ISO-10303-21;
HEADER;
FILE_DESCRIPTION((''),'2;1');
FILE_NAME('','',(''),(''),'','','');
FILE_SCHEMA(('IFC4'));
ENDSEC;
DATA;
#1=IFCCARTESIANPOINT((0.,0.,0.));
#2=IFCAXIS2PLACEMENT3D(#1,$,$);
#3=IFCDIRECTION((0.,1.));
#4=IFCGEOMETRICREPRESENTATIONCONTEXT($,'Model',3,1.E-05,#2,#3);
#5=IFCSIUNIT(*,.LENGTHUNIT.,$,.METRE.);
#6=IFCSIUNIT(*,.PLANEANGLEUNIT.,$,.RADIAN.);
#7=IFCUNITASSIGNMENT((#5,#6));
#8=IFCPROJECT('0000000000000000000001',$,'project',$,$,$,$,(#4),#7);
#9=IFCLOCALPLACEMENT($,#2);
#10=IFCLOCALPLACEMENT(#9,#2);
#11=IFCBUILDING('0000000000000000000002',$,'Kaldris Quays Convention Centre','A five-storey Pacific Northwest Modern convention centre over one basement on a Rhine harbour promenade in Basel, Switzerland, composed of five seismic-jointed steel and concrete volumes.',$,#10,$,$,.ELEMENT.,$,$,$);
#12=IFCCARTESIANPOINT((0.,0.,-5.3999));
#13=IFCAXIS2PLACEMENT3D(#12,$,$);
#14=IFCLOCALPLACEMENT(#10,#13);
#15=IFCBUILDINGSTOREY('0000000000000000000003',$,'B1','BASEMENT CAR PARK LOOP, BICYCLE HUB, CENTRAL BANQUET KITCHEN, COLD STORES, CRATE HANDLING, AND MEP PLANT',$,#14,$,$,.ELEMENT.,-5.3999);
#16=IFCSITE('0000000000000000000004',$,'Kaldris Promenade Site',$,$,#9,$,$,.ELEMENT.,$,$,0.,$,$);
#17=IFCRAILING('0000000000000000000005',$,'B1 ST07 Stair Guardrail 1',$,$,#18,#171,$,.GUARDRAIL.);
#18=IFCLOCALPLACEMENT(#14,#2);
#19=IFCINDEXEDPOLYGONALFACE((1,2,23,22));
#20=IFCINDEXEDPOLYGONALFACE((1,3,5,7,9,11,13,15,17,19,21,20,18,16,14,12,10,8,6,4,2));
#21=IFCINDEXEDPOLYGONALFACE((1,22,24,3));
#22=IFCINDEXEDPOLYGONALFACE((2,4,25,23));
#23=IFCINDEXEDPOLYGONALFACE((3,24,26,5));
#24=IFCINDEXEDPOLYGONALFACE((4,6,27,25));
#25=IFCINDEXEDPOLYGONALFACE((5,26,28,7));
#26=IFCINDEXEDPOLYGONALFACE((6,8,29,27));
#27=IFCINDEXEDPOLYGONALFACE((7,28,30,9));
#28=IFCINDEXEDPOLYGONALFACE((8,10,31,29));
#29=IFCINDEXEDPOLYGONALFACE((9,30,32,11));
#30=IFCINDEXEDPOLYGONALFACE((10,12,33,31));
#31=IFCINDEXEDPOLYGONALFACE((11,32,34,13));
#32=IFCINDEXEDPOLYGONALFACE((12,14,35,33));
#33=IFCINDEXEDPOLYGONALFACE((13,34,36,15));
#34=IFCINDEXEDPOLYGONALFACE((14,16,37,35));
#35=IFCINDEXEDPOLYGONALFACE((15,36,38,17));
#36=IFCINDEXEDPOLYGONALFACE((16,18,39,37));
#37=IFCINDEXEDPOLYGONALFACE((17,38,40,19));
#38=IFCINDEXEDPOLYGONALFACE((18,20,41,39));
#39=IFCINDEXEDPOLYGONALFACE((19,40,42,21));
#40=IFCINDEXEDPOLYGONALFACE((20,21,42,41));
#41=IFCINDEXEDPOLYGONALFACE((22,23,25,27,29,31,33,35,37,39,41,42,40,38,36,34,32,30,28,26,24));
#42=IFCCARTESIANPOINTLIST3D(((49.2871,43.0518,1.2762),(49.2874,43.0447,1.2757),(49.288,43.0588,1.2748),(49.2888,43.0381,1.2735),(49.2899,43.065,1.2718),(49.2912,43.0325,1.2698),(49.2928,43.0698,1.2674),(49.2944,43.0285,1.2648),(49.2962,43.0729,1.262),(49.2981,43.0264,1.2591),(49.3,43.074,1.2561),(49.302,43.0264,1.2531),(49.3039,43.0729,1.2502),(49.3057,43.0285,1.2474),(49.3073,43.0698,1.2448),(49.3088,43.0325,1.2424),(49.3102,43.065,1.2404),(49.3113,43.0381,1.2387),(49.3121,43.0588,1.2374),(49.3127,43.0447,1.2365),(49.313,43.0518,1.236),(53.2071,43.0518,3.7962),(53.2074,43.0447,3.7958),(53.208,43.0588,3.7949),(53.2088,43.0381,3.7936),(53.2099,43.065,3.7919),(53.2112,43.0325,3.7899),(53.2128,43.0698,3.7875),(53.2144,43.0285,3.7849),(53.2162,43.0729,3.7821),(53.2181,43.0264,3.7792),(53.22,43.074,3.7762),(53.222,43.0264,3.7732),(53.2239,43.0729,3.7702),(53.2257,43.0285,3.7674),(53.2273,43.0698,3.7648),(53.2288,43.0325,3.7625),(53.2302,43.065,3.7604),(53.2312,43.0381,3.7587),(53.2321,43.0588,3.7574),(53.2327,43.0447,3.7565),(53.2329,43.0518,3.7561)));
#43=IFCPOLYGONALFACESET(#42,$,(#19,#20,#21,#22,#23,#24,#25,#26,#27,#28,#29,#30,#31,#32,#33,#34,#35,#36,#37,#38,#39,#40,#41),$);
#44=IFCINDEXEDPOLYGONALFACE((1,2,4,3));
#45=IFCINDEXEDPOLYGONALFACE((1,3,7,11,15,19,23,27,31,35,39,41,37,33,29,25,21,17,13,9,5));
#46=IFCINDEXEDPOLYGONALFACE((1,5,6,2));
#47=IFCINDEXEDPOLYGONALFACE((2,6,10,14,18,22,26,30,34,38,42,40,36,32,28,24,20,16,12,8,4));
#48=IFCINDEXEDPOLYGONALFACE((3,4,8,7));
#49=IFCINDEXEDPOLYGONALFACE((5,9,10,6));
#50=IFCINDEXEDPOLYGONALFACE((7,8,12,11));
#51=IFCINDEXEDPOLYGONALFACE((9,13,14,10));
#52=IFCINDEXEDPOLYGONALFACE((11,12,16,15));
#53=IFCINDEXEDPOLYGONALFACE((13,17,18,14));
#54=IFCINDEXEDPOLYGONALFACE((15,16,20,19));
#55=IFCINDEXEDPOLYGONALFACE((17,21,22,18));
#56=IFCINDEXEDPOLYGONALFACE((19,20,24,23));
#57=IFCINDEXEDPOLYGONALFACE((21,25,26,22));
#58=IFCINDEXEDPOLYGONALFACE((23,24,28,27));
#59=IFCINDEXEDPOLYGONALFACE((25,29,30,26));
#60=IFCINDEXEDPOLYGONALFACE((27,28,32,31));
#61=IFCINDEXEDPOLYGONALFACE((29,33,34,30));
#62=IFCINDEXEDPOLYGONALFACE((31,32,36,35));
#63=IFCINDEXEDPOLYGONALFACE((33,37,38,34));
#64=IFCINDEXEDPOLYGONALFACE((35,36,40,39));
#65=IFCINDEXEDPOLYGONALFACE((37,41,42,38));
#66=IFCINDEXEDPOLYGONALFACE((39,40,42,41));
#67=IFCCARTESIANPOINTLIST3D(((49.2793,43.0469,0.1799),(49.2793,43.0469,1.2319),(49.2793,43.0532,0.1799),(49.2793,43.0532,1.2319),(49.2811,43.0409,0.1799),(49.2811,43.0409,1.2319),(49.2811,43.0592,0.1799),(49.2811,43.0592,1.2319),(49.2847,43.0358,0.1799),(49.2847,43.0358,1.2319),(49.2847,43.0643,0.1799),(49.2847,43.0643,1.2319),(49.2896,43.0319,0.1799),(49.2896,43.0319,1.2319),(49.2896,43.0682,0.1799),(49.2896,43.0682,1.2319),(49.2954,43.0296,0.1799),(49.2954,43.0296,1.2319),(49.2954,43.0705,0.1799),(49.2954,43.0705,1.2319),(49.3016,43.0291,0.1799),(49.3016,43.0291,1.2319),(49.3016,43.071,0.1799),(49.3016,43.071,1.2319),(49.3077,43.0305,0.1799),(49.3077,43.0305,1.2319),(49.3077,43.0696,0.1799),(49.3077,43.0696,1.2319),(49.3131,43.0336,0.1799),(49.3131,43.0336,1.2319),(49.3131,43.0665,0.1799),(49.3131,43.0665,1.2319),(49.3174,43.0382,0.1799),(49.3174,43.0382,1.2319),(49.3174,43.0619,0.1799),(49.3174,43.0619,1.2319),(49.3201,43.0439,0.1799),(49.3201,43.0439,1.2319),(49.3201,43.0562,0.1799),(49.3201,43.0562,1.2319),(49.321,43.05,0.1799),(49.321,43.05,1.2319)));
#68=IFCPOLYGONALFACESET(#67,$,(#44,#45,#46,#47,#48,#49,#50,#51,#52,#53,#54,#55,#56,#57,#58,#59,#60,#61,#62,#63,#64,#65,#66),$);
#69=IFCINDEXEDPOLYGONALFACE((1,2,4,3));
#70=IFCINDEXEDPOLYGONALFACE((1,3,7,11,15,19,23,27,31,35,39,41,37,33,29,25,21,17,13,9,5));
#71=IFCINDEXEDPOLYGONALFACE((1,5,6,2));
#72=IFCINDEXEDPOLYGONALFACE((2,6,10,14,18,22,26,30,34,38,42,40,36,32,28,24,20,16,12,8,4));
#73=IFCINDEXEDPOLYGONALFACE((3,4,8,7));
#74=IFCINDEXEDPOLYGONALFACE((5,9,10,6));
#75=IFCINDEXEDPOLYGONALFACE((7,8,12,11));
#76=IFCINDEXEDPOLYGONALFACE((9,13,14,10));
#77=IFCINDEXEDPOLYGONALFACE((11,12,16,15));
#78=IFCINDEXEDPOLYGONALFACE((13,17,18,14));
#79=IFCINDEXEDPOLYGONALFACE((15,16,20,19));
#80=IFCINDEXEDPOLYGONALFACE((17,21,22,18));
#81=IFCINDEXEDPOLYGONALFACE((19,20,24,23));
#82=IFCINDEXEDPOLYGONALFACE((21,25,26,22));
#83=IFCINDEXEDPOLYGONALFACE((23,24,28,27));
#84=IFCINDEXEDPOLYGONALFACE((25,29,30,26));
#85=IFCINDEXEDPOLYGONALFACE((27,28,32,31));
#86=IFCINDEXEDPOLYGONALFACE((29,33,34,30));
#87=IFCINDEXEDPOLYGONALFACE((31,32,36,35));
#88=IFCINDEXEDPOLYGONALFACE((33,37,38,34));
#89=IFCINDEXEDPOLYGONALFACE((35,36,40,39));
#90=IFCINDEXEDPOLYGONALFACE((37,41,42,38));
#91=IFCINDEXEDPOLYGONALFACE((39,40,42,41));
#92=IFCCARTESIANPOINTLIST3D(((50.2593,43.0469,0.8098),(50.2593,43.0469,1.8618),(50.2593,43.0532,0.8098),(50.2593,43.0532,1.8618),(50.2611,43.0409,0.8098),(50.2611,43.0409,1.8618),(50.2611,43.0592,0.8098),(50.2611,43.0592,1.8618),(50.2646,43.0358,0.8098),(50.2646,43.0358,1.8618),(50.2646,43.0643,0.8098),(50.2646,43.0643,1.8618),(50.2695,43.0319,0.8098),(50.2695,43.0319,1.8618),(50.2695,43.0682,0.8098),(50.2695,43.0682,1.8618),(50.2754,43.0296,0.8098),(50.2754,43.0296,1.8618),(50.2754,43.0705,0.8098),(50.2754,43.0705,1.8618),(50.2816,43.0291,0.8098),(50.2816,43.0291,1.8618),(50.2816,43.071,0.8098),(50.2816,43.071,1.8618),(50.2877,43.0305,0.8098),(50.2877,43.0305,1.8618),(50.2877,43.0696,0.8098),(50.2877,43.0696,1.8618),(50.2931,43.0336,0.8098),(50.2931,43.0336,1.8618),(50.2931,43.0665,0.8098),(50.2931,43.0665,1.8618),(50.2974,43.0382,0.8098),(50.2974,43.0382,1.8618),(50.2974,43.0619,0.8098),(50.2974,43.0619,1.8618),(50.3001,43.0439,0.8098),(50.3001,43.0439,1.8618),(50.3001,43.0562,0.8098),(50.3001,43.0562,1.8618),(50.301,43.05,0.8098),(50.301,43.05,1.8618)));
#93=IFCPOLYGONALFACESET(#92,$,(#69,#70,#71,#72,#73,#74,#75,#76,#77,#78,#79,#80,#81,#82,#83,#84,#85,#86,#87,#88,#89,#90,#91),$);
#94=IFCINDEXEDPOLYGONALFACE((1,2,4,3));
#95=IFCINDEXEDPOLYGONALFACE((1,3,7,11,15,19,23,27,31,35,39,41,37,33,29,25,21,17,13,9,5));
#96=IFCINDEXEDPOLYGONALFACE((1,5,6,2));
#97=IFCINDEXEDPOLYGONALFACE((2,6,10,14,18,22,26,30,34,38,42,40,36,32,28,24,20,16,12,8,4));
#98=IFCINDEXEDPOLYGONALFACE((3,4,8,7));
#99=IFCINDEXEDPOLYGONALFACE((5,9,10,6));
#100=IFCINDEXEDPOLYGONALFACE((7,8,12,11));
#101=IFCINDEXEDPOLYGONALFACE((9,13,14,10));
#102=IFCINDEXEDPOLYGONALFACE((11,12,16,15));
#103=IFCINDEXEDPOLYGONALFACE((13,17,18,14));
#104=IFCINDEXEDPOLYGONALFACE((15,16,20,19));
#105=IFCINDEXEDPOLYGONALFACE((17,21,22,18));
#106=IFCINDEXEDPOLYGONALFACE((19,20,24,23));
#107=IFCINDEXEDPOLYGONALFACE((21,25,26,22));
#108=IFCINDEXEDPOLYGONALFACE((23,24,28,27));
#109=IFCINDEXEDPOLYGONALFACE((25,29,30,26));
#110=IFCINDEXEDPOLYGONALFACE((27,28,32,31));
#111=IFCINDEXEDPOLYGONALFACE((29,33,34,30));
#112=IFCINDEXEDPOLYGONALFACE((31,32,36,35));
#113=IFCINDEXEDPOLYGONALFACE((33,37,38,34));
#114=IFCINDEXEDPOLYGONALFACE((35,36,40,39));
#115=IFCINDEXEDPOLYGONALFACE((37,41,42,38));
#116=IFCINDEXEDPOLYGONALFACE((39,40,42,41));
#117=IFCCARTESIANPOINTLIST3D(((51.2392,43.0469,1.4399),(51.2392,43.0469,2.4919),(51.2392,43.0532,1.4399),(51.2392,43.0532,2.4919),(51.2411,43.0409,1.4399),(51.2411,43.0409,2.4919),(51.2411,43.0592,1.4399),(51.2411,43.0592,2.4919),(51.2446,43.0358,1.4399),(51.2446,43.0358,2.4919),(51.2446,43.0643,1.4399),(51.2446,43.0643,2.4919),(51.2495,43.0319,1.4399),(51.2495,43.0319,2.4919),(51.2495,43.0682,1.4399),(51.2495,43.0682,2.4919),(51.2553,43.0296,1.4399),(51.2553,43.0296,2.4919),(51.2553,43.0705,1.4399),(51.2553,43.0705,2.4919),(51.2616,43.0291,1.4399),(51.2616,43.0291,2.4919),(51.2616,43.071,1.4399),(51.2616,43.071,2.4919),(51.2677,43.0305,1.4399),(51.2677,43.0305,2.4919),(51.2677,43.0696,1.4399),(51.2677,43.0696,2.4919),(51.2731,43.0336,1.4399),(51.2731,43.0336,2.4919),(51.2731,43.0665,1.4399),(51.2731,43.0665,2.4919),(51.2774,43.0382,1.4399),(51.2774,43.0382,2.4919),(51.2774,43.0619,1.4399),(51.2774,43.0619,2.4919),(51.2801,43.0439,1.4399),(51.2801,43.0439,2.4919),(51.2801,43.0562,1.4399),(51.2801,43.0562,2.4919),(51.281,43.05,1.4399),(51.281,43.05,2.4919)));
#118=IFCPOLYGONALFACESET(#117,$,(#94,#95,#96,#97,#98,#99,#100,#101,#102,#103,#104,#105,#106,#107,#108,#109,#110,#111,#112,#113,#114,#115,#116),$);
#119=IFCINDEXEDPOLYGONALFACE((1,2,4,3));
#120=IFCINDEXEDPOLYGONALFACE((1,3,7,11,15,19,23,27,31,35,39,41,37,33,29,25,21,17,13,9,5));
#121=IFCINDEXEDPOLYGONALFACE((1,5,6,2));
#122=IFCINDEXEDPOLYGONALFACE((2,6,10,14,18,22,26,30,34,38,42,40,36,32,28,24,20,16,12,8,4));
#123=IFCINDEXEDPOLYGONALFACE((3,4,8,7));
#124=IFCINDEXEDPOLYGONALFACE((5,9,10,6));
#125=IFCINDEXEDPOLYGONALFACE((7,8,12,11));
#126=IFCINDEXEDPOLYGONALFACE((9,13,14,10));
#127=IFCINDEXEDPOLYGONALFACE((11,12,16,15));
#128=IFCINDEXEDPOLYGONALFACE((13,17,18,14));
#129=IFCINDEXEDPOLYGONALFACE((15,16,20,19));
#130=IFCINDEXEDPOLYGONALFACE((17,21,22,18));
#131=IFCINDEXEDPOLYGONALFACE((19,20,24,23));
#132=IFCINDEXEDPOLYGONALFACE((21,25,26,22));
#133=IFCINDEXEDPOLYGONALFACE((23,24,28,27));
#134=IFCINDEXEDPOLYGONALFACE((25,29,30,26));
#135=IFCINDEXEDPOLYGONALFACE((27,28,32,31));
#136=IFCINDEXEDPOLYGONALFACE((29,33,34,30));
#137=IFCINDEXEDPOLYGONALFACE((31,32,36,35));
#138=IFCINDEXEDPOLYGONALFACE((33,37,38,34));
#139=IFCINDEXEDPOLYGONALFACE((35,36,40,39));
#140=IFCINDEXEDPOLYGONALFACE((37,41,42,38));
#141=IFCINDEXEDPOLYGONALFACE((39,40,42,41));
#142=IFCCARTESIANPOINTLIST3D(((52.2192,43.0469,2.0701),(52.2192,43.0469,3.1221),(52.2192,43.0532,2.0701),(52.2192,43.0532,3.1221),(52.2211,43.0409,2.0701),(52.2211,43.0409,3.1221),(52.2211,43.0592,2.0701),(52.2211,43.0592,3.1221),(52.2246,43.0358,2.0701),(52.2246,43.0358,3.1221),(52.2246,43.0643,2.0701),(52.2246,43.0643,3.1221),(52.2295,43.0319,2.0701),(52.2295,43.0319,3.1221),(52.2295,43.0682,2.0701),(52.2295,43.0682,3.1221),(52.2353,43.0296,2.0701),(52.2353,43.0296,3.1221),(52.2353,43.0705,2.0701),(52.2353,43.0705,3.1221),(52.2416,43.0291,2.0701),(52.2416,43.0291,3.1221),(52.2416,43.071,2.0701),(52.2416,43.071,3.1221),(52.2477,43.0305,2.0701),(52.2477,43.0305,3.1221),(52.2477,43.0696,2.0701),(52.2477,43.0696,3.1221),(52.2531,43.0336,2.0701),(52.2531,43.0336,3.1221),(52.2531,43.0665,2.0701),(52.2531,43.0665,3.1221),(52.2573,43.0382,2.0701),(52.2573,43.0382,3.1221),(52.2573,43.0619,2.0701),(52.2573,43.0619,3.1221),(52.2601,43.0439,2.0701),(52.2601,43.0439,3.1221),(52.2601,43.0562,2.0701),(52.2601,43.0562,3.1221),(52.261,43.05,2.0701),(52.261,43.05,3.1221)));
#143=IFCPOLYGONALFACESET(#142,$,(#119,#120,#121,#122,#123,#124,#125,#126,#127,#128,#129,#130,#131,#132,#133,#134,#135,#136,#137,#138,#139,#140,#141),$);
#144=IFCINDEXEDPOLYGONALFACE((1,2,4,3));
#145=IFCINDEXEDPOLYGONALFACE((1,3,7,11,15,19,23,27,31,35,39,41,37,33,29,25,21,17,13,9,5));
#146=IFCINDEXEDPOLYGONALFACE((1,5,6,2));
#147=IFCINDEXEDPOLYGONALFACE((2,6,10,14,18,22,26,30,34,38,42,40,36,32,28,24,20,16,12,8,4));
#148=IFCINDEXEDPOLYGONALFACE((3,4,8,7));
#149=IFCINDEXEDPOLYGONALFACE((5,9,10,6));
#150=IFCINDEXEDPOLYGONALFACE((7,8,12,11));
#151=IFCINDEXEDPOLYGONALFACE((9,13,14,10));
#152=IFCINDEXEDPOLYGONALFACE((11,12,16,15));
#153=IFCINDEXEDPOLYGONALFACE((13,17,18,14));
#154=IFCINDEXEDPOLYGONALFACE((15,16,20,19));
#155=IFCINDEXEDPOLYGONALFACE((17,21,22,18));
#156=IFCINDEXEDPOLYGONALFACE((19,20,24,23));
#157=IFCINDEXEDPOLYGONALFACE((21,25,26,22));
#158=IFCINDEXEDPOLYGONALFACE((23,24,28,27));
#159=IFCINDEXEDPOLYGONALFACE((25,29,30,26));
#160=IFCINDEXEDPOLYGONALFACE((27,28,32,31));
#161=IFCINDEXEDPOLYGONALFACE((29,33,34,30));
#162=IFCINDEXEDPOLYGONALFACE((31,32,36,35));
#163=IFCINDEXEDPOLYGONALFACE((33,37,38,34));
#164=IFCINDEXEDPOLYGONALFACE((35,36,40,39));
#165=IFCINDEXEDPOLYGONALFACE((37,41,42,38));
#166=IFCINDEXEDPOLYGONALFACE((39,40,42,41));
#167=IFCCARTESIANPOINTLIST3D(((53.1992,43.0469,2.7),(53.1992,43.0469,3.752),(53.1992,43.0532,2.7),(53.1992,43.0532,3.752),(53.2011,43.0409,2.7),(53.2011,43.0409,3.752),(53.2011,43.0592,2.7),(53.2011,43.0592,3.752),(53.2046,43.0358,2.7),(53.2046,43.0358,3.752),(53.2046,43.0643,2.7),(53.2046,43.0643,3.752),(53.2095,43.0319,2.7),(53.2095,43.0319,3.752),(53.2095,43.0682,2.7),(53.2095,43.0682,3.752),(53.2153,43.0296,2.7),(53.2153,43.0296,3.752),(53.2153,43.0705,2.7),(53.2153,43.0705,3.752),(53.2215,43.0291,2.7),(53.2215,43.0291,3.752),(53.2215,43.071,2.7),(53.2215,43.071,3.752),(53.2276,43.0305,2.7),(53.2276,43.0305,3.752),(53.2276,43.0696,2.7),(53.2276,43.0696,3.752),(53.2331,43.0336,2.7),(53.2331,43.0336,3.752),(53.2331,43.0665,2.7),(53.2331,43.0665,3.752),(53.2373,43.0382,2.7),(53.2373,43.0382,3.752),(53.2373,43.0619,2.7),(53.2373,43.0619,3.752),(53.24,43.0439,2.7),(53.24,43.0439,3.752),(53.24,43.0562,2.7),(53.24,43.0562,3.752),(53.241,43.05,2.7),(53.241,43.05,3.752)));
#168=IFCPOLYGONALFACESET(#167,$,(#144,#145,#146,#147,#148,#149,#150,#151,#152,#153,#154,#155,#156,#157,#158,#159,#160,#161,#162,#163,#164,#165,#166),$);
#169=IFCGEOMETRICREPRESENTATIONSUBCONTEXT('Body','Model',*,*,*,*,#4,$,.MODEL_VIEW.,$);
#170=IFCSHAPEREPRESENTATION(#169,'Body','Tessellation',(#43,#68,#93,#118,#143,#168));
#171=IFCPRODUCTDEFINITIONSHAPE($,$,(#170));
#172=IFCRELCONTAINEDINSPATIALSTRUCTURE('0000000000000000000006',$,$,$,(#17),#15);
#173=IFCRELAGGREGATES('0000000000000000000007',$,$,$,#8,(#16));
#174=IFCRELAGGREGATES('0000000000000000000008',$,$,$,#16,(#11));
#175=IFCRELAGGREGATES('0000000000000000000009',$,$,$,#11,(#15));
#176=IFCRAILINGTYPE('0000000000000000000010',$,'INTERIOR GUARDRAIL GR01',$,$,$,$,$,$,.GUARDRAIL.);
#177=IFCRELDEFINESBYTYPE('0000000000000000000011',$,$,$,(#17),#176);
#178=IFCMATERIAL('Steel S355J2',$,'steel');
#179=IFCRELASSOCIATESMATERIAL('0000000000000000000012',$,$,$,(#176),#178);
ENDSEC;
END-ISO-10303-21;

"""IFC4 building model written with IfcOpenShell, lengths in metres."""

from ifc_helpers import new_model, si_unit, direction, frame, origin, origin_2d, place, context, subcontext, project, spatial, circle, extrude, material, type_object, element, save


model = new_model("IFC4")

# Units and contexts
model_context = context("Model", 3, precision=1e-05, world=origin(), true_north=direction((0.0, 1.0)))
body_context = subcontext(model_context, "Body", "Model", "MODEL_VIEW")
ifc_project = project(units=[si_unit("LENGTHUNIT", "METRE"), si_unit("PLANEANGLEUNIT", "RADIAN")], contexts=[model_context])

# Site, building, storey
site_placement = place(None, origin())
site = spatial("IfcSite", under=ifc_project, at=site_placement, Name="Kaldris Promenade Site", CompositionType="ELEMENT", RefElevation=0.0)
building_placement = place(site_placement, origin())
building = spatial("IfcBuilding", under=site, at=building_placement, Name="Kaldris Quays Convention Centre", Description="A five-storey Pacific Northwest Modern convention centre over one basement on a Rhine harbour promenade in Basel, Switzerland, composed of five seismic-jointed steel and concrete volumes.", CompositionType="ELEMENT")
storey_placement = place(building_placement, frame((0.0, 0.0, -5.3999)))
storey = spatial("IfcBuildingStorey", under=building, at=storey_placement, Name="B1", Description="BASEMENT CAR PARK LOOP, BICYCLE HUB, CENTRAL BANQUET KITCHEN, COLD STORES, CRATE HANDLING, AND MEP PLANT", CompositionType="ELEMENT", Elevation=-5.3999)

# Shared definitions
ifc_material_1 = material(Name="Steel S355J2", Category="steel")

# Railing
railing_type_1 = type_object("IfcRailingType", Name="INTERIOR GUARDRAIL GR01", PredefinedType="GUARDRAIL", material=ifc_material_1)
railing_1_placement = place(storey_placement, frame((49.3, 43.05, 0.1799)))
element("IfcRailing", 1, at=railing_1_placement, inside=storey, type_object=railing_type_1, Name="B1 ST07 Stair Guardrail 1", PredefinedType="GUARDRAIL", context=body_context, shape_type="SweptSolid", body=[
    extrude(circle(Radius=0.0239, at=origin_2d()), frame((0.0, 0.0, 1.0762), z_axis=(0.841172, 0.0, 0.540768), x_axis=(0.0, 1.0, 0.0)), (0.0, 0.0, 1.0), 4.6602),
    extrude(circle(Radius=0.021, at=origin_2d()), origin(), (0.0, 0.0, 1.0), 1.052),
    extrude(circle(Radius=0.021, at=origin_2d()), frame((0.98, 0.0, 0.6299)), (0.0, 0.0, 1.0), 1.052),
    extrude(circle(Radius=0.021, at=origin_2d()), frame((1.96, 0.0, 1.26)), (0.0, 0.0, 1.0), 1.052),
    extrude(circle(Radius=0.021, at=origin_2d()), frame((2.9399, 0.0, 1.8901)), (0.0, 0.0, 1.0), 1.052),
    extrude(circle(Radius=0.021, at=origin_2d()), frame((3.9199, 0.0, 2.52)), (0.0, 0.0, 1.0), 1.052),
])

save(model, "model.ifc")
